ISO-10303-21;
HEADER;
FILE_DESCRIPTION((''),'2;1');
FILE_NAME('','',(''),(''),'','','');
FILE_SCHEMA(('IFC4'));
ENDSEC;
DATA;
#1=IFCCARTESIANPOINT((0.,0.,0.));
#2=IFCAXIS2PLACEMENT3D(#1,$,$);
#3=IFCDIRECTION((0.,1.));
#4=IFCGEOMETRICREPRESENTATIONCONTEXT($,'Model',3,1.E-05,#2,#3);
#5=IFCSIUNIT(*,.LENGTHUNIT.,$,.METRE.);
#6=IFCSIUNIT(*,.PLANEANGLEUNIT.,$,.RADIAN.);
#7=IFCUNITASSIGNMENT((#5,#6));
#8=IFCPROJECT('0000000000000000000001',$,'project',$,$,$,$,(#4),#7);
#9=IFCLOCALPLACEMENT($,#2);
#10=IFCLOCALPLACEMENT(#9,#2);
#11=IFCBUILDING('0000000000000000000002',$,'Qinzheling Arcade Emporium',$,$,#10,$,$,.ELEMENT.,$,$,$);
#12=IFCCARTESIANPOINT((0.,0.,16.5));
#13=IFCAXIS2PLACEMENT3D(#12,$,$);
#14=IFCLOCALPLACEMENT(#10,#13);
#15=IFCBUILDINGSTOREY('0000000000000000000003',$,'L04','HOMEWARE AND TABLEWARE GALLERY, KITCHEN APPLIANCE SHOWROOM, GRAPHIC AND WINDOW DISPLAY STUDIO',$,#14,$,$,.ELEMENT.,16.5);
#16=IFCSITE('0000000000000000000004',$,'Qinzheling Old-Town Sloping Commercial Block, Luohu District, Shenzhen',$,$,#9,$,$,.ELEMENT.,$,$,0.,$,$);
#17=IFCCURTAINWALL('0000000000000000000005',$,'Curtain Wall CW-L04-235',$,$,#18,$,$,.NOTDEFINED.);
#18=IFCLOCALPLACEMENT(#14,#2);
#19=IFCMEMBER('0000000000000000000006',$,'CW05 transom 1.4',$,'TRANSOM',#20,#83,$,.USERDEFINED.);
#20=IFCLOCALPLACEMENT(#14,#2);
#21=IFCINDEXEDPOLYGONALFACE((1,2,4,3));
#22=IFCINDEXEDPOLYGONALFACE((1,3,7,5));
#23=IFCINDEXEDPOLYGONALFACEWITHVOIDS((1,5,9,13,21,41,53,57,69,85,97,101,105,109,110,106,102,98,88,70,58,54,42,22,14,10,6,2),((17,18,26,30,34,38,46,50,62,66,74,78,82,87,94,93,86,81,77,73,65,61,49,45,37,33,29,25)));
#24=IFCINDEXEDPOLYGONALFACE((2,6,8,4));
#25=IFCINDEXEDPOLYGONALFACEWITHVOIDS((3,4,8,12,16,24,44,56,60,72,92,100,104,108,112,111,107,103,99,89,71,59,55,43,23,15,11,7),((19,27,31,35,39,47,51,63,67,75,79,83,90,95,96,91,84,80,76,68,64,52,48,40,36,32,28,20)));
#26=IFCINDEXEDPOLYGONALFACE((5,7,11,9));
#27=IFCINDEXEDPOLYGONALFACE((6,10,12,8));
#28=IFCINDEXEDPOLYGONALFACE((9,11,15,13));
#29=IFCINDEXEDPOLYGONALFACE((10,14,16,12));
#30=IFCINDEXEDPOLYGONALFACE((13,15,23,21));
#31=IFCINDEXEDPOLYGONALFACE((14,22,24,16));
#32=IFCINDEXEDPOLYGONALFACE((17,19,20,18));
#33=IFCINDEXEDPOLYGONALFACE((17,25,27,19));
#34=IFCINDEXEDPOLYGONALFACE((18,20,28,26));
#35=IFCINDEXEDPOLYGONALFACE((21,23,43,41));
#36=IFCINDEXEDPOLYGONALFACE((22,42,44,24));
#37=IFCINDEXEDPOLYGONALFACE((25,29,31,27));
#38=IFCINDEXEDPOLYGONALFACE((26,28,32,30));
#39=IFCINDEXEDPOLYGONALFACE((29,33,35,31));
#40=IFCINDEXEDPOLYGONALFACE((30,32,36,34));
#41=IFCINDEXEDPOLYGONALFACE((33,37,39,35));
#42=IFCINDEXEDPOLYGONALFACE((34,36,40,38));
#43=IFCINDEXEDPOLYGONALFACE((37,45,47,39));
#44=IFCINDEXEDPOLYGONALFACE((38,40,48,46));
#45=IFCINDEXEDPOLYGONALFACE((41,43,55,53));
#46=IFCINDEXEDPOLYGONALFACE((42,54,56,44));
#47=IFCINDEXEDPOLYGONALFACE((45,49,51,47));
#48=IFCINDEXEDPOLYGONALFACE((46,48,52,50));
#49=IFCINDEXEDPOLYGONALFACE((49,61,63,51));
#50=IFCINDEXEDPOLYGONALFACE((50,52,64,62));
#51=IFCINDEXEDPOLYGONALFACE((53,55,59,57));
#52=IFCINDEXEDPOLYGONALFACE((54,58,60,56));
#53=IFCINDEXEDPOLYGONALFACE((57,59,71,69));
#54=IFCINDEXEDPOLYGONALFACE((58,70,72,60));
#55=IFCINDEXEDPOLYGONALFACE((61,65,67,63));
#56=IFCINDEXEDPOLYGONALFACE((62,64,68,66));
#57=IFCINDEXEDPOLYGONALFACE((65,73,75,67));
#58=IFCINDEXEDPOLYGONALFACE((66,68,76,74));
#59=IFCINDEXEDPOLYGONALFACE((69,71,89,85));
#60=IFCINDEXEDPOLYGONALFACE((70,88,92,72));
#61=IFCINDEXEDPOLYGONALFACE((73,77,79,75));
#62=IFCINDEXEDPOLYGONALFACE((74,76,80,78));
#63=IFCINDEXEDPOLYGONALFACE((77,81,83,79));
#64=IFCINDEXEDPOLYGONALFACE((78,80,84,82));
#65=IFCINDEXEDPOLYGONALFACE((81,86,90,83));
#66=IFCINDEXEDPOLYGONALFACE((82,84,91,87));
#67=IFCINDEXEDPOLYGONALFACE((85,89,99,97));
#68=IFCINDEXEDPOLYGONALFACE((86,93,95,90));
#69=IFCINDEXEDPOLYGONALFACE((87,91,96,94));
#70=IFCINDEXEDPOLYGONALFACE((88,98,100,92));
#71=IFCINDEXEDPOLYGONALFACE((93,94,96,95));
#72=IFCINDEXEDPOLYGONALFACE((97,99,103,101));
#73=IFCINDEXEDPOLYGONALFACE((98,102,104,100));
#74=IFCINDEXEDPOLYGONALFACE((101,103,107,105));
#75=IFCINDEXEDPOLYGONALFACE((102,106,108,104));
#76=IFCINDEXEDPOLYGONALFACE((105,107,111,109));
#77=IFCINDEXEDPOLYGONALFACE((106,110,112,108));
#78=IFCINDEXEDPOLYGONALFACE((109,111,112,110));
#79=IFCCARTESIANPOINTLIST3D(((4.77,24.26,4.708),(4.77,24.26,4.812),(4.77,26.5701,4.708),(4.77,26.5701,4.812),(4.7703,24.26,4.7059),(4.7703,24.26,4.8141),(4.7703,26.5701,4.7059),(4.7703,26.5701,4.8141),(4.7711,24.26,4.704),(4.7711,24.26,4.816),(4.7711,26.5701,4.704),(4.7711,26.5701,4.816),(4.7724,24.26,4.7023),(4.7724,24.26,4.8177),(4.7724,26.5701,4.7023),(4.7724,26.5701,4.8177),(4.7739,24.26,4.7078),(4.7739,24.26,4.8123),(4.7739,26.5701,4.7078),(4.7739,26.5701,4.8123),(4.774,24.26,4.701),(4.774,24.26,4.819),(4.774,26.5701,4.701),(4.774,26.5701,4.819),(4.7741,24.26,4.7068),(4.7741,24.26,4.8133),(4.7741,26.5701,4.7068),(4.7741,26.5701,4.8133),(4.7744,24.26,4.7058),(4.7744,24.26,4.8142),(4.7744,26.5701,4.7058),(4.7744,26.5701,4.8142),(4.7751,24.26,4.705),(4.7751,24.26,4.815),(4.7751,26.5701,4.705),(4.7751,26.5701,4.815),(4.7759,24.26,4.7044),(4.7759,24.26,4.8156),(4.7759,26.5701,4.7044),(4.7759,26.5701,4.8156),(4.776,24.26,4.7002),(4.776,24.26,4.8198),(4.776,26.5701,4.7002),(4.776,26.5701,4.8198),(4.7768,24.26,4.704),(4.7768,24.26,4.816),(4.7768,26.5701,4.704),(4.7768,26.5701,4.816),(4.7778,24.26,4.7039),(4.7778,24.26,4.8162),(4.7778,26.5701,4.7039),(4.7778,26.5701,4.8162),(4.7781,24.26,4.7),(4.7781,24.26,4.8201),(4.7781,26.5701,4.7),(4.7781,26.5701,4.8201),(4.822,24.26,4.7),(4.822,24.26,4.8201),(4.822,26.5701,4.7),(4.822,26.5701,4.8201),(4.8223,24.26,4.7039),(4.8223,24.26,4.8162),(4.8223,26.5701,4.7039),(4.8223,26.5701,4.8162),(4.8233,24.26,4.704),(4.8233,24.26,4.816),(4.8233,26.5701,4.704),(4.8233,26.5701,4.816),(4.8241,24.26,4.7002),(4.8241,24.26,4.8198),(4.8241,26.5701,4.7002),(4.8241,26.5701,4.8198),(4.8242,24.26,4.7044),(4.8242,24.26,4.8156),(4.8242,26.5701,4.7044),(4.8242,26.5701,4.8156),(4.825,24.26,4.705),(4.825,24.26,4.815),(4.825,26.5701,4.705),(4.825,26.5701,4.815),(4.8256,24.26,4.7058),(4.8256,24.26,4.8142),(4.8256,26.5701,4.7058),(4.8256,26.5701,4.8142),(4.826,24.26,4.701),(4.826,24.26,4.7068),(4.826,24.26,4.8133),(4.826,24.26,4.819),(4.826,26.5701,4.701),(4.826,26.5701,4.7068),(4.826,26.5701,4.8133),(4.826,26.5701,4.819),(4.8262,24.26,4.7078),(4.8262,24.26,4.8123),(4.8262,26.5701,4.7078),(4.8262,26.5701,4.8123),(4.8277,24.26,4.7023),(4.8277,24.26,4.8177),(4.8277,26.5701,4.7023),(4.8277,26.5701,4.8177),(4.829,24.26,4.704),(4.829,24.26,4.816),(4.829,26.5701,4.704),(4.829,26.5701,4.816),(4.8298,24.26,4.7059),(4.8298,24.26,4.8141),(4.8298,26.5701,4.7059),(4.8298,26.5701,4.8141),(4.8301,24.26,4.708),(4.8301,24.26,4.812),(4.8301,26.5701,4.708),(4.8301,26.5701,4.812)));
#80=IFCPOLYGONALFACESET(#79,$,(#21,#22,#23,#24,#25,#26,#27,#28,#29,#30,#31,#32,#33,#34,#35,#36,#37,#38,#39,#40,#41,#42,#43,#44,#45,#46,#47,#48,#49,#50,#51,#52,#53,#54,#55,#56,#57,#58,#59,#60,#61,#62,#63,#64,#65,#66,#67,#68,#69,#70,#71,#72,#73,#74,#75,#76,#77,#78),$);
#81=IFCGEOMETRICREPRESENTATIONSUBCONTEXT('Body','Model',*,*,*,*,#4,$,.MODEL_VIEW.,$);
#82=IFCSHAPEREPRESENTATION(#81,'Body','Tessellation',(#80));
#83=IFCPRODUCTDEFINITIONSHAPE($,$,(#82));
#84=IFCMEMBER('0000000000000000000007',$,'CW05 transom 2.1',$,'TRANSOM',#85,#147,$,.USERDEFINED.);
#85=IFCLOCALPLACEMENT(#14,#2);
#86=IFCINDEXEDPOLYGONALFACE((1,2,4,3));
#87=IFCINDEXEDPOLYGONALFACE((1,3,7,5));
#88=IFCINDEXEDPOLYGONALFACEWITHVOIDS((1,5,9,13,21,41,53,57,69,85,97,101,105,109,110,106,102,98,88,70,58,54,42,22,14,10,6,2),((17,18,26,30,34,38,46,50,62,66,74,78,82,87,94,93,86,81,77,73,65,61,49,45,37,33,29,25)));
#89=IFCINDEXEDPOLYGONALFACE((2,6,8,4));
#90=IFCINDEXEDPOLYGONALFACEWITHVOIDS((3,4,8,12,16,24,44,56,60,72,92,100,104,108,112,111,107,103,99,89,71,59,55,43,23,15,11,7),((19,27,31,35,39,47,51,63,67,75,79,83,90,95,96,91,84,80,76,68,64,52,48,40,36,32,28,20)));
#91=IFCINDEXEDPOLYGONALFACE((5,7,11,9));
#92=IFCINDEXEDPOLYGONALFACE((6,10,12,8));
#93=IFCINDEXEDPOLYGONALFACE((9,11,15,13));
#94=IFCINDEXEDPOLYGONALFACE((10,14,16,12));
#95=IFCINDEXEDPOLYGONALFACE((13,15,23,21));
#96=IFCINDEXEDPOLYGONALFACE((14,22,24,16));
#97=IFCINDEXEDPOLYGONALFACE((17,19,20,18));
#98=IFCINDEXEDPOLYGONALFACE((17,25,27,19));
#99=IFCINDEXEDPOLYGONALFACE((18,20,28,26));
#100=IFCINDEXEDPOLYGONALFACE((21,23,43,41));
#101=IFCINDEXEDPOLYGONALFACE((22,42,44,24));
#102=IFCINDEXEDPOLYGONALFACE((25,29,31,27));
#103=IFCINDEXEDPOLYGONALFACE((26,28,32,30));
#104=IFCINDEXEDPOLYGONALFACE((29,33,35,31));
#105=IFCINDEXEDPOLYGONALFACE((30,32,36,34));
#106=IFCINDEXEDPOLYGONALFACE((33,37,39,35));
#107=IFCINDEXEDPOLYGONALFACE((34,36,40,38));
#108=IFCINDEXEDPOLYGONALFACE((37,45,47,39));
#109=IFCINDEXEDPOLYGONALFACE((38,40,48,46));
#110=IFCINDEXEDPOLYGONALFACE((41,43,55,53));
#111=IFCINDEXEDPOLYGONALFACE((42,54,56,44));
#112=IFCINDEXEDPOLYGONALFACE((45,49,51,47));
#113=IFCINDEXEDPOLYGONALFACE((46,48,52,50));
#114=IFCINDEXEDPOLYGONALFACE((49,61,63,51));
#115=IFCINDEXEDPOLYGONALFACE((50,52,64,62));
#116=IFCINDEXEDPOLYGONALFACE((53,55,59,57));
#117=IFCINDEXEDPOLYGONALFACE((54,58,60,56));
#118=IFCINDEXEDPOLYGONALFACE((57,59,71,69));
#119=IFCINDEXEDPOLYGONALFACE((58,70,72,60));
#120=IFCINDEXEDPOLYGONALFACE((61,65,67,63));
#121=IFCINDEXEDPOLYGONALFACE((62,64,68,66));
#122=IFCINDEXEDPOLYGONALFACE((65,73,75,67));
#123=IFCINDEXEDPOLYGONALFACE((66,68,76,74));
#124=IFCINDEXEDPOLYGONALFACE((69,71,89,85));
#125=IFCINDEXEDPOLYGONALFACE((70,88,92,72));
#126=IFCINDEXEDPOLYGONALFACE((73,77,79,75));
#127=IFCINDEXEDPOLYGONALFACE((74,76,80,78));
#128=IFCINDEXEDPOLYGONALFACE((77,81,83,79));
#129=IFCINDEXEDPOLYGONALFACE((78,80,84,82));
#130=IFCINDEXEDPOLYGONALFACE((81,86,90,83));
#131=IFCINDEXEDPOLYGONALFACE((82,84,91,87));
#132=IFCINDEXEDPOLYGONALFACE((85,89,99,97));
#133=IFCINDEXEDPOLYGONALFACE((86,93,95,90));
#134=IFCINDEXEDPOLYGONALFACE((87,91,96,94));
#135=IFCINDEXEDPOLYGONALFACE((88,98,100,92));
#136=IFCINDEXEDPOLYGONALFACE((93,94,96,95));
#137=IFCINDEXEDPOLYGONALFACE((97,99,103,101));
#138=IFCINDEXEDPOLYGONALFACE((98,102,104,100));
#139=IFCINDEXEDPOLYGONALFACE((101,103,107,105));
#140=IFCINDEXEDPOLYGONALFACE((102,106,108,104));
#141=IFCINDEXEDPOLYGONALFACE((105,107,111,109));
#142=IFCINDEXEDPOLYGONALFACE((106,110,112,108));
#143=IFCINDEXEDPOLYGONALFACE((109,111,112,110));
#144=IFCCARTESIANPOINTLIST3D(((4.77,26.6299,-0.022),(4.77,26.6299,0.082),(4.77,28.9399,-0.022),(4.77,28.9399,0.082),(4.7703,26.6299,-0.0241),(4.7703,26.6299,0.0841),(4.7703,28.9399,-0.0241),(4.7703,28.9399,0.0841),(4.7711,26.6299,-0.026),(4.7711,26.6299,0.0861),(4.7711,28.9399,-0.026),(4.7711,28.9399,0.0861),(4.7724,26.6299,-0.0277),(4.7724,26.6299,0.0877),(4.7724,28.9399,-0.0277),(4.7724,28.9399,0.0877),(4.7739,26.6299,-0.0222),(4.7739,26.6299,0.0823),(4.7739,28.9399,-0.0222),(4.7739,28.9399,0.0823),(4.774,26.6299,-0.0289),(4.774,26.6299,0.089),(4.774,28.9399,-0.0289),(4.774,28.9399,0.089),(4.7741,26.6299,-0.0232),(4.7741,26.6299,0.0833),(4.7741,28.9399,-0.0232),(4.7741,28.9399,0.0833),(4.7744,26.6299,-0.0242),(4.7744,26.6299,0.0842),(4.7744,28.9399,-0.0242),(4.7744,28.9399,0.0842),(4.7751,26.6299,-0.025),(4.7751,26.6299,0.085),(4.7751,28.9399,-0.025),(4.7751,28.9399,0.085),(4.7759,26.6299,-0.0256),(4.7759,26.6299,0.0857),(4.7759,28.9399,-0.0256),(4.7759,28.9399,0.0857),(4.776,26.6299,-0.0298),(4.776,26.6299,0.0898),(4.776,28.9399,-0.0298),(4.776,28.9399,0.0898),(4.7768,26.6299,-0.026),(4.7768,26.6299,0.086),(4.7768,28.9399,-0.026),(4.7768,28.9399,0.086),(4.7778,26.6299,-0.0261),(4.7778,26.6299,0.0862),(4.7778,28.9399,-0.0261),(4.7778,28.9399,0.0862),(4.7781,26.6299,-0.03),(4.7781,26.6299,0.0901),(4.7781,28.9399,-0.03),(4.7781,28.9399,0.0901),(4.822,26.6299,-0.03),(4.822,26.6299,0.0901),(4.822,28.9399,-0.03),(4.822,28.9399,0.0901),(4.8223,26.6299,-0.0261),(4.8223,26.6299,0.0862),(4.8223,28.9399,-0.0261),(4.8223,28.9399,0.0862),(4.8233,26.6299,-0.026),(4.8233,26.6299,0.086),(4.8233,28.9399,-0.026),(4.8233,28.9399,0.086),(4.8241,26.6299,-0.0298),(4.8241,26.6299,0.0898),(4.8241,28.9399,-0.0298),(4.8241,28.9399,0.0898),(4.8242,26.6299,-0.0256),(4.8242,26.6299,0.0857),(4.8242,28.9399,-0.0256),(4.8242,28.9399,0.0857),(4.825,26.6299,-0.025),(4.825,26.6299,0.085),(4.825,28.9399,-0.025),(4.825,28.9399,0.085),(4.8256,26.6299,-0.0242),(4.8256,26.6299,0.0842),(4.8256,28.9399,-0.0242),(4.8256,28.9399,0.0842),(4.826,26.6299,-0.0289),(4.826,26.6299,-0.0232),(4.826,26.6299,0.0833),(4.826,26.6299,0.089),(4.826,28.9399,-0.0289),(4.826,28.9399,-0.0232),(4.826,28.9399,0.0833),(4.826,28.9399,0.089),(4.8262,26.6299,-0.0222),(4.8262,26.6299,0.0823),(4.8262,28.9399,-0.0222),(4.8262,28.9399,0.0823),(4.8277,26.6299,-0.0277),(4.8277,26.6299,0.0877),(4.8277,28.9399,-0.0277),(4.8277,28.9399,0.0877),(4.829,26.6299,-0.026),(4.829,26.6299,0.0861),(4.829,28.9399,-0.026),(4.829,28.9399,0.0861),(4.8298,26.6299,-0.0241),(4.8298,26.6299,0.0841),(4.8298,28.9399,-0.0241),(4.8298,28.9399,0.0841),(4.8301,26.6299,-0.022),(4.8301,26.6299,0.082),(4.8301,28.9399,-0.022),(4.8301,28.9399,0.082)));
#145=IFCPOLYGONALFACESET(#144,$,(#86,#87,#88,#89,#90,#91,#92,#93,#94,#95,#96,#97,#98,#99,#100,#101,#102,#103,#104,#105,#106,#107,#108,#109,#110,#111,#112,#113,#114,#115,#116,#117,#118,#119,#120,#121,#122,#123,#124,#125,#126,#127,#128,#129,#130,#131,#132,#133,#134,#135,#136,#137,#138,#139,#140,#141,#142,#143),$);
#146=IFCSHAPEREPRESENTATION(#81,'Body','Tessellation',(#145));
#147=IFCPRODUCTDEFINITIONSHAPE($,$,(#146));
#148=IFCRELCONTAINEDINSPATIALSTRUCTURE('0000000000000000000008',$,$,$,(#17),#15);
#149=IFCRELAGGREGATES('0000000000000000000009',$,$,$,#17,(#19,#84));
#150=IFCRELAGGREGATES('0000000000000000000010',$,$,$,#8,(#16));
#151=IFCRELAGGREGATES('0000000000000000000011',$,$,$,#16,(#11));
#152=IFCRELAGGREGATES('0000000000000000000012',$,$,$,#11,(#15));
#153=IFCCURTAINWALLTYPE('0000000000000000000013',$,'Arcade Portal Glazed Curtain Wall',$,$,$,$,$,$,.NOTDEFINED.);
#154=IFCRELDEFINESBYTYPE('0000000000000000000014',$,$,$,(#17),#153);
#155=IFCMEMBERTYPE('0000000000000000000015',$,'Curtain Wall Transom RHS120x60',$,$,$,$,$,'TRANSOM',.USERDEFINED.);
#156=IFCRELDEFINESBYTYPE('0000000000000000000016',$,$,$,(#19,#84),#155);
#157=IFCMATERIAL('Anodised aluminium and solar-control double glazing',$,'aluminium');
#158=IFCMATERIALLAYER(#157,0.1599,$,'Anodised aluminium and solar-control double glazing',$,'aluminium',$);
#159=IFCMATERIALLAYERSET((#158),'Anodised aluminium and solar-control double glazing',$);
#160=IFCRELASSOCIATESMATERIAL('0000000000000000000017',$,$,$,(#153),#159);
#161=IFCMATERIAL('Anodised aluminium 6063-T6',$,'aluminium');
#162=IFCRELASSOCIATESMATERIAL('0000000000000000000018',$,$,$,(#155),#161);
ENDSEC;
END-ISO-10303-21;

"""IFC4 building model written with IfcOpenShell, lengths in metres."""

from ifc_helpers import new_model, si_unit, direction, frame, origin, origin_2d, place, context, subcontext, project, spatial, hollow_rectangle, extrude, material, layer, layer_set, material_profile, profile_set, type_object, element, aggregate, save


model = new_model("IFC4")

# Units and contexts
model_context = context("Model", 3, precision=1e-05, world=origin(), true_north=direction((0.0, 1.0)))
body_context = subcontext(model_context, "Body", "Model", "MODEL_VIEW")
ifc_project = project(units=[si_unit("LENGTHUNIT", "METRE"), si_unit("PLANEANGLEUNIT", "RADIAN")], contexts=[model_context])

# Site, building, storey
site_placement = place(None, origin())
site = spatial("IfcSite", under=ifc_project, at=site_placement, Name="Qinzheling Old-Town Sloping Commercial Block, Luohu District, Shenzhen", CompositionType="ELEMENT", RefElevation=0.0)
building_placement = place(site_placement, origin())
building = spatial("IfcBuilding", under=site, at=building_placement, Name="Qinzheling Arcade Emporium", CompositionType="ELEMENT")
storey_placement = place(building_placement, frame((0.0, 0.0, 16.5)))
storey = spatial("IfcBuildingStorey", under=building, at=storey_placement, Name="L04", Description="HOMEWARE AND TABLEWARE GALLERY, KITCHEN APPLIANCE SHOWROOM, GRAPHIC AND WINDOW DISPLAY STUDIO", CompositionType="ELEMENT", Elevation=16.5)

# Curtain wall
ifc_material_1 = material(Name="Anodised aluminium and solar-control double glazing", Category="aluminium")
ifc_material_2 = material(Name="Anodised aluminium 6063-T6", Category="aluminium")
ifc_layer_1 = layer(ifc_material_1, 0.1599, Name="Anodised aluminium and solar-control double glazing", Category="aluminium")
ifc_layer_set_1 = layer_set([ifc_layer_1], Name="Anodised aluminium and solar-control double glazing")
curtain_wall_type_1 = type_object("IfcCurtainWallType", Name="Arcade Portal Glazed Curtain Wall", PredefinedType="NOTDEFINED", material=ifc_layer_set_1)
curtain_wall_1_placement = place(storey_placement, origin())
curtain_wall_1 = element("IfcCurtainWall", 1, at=curtain_wall_1_placement, inside=storey, type_object=curtain_wall_type_1, Name="Curtain Wall CW-L04-235", PredefinedType="NOTDEFINED")

# Members
ifc_material_profile_1 = material_profile(ifc_material_2, hollow_rectangle(XDim=0.0601, YDim=0.1201, WallThickness=0.0039, InnerFilletRadius=0.0039, OuterFilletRadius=0.0081, at=origin_2d()), Name="RHS 120x60x4", Category="aluminium")
ifc_profile_set_1 = profile_set([ifc_material_profile_1], Name="Anodised aluminium 6063-T6")
member_type_1 = type_object("IfcMemberType", Name="Curtain Wall Transom RHS120x60", ElementType="TRANSOM", PredefinedType="USERDEFINED", material=ifc_profile_set_1)
member_1_placement = place(storey_placement, frame((4.8, 24.26, 4.76), z_axis=(0.0, 1.0, 0.0), x_axis=(-1.0, 0.0, 0.0)))
member_1 = element("IfcMember", 2, at=member_1_placement, type_object=member_type_1, Name="CW05 transom 1.4", ObjectType="TRANSOM", PredefinedType="USERDEFINED", context=body_context, shape_type="SweptSolid", body=[
    extrude(hollow_rectangle(XDim=0.0601, YDim=0.1201, WallThickness=0.0039, InnerFilletRadius=0.0039, OuterFilletRadius=0.0081, at=origin_2d()), origin(), (0.0, 0.0, 1.0), 2.3101),
])
member_2_placement = place(storey_placement, frame((4.8, 26.6299, 0.03), z_axis=(0.0, 1.0, 0.0), x_axis=(-1.0, 0.0, 0.0)))
member_2 = element("IfcMember", 3, at=member_2_placement, type_object=member_type_1, Name="CW05 transom 2.1", ObjectType="TRANSOM", PredefinedType="USERDEFINED", context=body_context, shape_type="SweptSolid", body=[
    extrude(hollow_rectangle(XDim=0.0601, YDim=0.1201, WallThickness=0.0039, InnerFilletRadius=0.0039, OuterFilletRadius=0.0081, at=origin_2d()), origin(), (0.0, 0.0, 1.0), 2.3101),
])

aggregate(curtain_wall_1, [member_1, member_2])

save(model, "model.ifc")
